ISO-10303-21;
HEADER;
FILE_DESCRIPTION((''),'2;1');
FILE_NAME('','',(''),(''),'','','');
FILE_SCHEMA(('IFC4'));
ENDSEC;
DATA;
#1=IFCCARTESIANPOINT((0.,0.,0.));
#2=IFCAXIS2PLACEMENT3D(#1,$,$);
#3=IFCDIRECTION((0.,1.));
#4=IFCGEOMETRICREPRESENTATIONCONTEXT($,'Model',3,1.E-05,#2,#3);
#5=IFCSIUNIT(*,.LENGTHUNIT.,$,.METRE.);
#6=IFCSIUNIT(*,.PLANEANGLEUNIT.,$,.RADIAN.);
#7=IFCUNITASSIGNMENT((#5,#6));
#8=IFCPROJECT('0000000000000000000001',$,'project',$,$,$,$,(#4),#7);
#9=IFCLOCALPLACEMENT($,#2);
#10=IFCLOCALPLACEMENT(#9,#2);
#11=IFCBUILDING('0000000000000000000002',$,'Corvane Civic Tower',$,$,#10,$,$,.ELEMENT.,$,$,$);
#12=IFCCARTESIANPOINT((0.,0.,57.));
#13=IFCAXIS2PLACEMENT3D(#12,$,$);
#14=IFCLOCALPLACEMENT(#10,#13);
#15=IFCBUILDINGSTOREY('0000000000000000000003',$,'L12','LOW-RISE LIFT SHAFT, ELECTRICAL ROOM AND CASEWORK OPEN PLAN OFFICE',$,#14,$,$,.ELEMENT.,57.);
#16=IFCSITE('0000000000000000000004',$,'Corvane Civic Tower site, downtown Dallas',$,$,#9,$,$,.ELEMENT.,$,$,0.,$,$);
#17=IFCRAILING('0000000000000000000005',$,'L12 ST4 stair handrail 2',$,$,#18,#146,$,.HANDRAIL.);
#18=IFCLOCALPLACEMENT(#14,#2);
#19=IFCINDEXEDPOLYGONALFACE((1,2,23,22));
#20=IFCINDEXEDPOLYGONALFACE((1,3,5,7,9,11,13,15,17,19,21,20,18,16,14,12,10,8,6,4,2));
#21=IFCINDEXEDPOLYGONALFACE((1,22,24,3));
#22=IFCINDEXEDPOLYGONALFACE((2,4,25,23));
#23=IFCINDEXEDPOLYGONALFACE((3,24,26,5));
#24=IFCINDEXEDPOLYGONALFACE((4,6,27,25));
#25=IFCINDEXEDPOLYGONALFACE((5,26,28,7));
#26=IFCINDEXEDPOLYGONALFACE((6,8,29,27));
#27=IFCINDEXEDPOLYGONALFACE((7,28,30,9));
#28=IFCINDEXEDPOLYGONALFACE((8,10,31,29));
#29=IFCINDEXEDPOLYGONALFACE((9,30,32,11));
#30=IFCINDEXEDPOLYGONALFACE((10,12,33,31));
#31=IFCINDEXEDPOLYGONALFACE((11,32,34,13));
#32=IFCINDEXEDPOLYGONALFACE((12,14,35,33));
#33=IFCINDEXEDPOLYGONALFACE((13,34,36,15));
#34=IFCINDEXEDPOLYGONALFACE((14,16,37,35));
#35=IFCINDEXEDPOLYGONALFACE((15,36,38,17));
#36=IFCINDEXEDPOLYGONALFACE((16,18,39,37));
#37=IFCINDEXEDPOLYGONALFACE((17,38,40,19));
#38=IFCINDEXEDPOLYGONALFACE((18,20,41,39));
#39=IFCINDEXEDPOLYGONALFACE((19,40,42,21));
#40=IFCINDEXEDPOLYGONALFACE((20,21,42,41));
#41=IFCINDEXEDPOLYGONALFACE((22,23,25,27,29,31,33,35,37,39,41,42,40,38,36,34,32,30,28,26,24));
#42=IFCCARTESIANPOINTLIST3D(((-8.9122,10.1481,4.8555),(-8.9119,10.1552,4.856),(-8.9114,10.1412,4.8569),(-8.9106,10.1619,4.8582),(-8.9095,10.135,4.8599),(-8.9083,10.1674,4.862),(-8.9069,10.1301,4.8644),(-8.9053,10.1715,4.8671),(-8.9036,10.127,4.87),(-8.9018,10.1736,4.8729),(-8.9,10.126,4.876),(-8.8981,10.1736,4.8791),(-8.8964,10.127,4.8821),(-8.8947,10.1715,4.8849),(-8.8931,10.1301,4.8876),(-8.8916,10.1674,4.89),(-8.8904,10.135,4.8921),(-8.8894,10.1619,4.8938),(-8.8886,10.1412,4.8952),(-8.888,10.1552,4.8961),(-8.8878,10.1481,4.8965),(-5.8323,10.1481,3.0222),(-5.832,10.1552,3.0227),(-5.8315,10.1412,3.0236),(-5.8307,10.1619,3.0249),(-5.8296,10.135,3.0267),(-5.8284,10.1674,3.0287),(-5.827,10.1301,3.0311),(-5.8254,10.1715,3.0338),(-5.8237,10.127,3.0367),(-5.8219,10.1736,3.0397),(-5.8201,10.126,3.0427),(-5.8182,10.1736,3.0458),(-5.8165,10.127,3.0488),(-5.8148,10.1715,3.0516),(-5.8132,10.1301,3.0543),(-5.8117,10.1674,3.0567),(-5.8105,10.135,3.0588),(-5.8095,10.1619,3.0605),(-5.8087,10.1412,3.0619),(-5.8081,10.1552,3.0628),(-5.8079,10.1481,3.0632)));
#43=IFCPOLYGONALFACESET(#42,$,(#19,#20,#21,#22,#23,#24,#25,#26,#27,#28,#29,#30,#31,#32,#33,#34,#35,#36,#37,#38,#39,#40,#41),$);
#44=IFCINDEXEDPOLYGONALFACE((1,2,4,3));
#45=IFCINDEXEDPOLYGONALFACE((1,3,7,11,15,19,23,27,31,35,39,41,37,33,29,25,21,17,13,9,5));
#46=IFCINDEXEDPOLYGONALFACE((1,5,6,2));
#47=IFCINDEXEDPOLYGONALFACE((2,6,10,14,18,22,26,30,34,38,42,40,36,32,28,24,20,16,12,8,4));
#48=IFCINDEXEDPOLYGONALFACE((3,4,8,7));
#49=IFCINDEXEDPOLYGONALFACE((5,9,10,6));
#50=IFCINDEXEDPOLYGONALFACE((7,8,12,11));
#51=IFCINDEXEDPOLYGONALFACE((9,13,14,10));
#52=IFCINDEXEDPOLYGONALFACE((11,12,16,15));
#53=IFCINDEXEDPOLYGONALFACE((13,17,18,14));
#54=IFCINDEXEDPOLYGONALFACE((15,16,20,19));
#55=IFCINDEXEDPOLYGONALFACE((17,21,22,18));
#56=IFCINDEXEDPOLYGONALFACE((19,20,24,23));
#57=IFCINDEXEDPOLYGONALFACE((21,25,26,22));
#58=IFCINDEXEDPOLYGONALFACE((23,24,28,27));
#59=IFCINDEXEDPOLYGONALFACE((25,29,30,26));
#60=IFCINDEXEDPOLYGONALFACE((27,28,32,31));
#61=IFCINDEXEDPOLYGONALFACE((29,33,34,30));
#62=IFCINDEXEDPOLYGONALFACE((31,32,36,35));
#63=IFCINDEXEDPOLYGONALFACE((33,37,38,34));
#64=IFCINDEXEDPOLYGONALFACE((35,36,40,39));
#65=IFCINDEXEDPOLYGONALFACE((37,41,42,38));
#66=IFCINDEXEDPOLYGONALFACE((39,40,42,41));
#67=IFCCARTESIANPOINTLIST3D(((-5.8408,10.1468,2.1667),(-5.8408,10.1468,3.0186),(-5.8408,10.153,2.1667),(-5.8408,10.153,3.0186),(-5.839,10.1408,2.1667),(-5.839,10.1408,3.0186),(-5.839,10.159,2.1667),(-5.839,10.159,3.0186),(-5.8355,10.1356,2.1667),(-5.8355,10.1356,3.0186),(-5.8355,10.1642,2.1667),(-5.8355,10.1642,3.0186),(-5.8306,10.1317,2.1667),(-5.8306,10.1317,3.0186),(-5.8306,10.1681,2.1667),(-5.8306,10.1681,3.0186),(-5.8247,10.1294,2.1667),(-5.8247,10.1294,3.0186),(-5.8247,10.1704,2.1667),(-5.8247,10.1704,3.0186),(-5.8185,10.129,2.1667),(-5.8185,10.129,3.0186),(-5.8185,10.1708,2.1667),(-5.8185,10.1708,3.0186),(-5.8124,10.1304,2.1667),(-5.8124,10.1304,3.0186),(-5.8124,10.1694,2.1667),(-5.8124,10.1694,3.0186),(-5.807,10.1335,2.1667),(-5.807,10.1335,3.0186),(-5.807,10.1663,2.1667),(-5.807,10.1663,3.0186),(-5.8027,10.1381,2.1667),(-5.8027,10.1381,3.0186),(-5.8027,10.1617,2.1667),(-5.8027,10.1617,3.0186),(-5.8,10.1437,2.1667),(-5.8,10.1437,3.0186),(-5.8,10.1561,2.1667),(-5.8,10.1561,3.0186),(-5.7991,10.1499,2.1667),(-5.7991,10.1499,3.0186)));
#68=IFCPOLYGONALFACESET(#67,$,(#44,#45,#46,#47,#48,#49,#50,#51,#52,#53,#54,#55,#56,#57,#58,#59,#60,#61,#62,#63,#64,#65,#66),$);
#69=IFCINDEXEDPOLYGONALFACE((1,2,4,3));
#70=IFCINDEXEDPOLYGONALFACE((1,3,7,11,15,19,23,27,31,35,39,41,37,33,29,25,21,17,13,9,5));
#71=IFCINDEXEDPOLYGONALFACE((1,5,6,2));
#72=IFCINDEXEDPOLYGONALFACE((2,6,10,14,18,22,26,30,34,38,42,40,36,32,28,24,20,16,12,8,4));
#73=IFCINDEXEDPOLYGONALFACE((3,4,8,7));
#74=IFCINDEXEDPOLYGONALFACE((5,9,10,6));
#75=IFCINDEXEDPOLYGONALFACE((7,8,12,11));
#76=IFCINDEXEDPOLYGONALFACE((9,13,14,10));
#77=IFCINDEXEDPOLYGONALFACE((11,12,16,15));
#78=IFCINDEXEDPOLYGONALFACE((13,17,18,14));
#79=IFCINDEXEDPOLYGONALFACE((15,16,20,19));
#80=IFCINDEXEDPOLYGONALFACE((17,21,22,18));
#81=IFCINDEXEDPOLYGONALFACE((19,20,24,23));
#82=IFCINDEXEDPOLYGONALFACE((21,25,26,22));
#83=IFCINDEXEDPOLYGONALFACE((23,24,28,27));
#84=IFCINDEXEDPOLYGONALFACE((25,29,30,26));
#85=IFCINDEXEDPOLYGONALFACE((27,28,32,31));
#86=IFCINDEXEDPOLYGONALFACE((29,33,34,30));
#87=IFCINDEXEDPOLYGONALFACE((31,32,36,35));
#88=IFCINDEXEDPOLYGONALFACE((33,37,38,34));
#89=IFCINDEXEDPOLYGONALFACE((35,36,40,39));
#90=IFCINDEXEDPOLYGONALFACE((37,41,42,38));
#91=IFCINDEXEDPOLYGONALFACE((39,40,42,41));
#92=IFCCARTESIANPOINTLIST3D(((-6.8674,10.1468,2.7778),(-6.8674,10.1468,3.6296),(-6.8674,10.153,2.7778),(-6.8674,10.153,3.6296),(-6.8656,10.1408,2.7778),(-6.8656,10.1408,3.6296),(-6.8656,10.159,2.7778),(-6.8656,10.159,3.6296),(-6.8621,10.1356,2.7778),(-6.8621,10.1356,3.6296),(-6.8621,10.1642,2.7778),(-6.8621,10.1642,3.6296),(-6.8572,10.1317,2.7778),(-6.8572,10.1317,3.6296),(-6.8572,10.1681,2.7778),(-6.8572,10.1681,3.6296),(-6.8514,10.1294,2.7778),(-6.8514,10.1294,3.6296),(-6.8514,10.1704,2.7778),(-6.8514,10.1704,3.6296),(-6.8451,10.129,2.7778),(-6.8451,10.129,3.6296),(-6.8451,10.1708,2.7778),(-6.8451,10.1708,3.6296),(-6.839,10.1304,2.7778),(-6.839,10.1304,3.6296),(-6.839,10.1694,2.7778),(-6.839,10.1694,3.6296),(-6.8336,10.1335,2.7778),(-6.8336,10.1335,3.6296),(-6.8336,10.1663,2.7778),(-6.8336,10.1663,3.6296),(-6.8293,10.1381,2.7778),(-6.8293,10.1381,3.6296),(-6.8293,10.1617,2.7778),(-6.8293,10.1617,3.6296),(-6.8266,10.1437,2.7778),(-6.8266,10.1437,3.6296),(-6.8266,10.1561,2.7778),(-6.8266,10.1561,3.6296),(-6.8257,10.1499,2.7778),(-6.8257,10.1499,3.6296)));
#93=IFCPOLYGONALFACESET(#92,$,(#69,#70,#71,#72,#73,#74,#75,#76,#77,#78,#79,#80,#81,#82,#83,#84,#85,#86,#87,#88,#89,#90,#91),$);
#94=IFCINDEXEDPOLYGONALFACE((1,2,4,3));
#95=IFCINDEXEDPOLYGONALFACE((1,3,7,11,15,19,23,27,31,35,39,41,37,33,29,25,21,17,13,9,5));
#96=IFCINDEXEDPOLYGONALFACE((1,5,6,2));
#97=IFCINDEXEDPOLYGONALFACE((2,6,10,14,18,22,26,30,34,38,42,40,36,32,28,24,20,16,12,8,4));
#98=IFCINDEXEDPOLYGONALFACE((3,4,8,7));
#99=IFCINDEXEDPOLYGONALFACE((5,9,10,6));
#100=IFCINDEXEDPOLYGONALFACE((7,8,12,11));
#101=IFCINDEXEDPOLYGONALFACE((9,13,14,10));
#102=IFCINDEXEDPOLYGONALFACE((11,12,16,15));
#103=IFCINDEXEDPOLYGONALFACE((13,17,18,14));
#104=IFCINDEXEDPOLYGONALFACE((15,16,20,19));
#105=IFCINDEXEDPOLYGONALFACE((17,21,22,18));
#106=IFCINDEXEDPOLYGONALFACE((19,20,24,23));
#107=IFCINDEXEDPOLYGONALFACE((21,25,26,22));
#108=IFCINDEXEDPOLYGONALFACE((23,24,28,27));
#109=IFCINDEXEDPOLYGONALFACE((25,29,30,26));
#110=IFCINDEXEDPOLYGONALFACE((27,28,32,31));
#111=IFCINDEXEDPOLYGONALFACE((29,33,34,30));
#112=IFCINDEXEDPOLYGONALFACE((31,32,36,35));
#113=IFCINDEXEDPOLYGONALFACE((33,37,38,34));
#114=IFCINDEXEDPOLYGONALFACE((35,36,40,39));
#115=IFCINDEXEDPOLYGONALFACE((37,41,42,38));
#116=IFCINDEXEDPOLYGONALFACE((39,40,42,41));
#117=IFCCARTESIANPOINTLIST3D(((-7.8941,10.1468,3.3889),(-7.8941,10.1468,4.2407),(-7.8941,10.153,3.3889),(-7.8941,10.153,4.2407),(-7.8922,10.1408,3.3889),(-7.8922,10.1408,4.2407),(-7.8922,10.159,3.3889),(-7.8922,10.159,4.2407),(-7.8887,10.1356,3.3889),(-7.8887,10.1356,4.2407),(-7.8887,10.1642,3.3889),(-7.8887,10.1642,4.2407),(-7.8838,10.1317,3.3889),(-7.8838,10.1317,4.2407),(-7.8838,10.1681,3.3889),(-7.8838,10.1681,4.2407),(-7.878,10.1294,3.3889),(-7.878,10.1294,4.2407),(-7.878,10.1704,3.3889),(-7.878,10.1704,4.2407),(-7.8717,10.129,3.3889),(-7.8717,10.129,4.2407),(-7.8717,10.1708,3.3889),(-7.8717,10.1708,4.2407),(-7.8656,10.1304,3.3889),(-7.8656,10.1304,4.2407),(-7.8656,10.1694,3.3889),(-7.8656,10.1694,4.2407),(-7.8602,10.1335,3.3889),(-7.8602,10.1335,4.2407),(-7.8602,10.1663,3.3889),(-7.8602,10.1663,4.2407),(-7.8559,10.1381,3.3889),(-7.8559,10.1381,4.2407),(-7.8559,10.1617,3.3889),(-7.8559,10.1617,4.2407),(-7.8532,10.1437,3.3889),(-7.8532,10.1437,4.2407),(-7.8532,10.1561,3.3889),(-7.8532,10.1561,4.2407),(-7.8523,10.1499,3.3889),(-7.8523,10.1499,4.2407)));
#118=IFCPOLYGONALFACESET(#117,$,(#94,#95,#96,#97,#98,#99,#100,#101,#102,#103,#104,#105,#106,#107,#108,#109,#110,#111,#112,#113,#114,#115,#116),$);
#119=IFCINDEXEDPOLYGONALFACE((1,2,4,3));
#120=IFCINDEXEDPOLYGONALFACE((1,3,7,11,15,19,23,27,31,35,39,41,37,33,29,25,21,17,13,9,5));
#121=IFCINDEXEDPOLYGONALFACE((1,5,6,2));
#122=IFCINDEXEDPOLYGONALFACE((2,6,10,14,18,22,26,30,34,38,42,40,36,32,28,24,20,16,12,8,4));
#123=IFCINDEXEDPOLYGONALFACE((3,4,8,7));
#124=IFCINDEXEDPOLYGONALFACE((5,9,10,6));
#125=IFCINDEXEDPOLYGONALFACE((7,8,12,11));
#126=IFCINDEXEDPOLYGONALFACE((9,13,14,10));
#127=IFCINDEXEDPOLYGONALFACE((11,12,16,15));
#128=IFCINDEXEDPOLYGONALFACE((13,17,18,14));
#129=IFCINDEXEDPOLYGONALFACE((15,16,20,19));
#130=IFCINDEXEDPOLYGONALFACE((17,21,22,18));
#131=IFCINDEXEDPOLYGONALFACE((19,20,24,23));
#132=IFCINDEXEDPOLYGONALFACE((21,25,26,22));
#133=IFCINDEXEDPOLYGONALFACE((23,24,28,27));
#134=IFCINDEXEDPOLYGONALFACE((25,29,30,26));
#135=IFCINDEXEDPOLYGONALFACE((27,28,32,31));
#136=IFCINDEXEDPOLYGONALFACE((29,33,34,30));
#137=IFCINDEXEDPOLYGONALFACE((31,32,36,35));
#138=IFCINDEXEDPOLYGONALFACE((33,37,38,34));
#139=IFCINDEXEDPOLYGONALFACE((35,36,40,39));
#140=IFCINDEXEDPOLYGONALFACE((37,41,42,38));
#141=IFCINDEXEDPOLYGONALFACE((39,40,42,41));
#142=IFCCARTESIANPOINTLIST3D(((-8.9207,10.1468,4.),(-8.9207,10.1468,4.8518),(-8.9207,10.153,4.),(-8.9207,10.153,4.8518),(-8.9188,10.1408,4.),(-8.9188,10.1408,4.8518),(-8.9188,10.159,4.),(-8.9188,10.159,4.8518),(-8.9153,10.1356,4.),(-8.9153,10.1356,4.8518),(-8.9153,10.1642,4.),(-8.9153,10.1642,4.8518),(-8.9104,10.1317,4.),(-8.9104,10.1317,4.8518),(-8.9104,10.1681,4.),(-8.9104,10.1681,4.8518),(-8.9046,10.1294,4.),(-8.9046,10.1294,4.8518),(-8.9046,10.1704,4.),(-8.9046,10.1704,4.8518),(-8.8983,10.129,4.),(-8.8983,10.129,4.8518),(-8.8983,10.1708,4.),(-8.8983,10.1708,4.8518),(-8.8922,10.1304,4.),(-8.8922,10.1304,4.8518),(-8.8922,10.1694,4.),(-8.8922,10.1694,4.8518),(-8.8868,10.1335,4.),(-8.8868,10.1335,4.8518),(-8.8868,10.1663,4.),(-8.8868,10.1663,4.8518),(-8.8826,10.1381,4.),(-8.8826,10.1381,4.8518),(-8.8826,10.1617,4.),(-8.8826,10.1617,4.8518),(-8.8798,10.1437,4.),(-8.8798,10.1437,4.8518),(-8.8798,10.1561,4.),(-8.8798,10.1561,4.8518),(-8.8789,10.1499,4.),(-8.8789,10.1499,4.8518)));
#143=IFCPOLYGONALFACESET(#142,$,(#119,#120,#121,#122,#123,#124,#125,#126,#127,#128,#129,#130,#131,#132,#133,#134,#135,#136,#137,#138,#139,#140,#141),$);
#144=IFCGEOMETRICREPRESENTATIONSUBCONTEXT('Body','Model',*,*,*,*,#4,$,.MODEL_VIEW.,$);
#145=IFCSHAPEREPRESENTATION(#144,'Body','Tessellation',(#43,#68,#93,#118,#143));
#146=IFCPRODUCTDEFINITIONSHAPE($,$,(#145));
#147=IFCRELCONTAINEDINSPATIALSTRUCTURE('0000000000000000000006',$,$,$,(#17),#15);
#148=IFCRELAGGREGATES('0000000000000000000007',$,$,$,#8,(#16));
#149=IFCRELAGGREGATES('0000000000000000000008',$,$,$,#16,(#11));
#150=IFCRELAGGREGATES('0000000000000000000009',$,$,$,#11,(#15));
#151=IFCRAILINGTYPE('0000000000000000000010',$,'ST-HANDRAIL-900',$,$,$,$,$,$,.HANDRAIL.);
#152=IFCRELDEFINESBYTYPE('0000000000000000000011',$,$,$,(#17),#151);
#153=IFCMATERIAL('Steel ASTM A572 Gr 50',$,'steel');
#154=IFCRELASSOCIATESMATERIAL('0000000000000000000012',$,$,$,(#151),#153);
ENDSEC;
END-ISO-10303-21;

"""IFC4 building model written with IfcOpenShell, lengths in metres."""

from ifc_helpers import new_model, si_unit, direction, frame, origin, origin_2d, place, context, subcontext, project, spatial, circle, extrude, material, type_object, element, save


model = new_model("IFC4")

# Units and contexts
model_context = context("Model", 3, precision=1e-05, world=origin(), true_north=direction((0.0, 1.0)))
body_context = subcontext(model_context, "Body", "Model", "MODEL_VIEW")
ifc_project = project(units=[si_unit("LENGTHUNIT", "METRE"), si_unit("PLANEANGLEUNIT", "RADIAN")], contexts=[model_context])

# Site, building, storey
site_placement = place(None, origin())
site = spatial("IfcSite", under=ifc_project, at=site_placement, Name="Corvane Civic Tower site, downtown Dallas", CompositionType="ELEMENT", RefElevation=0.0)
building_placement = place(site_placement, origin())
building = spatial("IfcBuilding", under=site, at=building_placement, Name="Corvane Civic Tower", CompositionType="ELEMENT")
storey_placement = place(building_placement, frame((0.0, 0.0, 57.0)))
storey = spatial("IfcBuildingStorey", under=building, at=storey_placement, Name="L12", Description="LOW-RISE LIFT SHAFT, ELECTRICAL ROOM AND CASEWORK OPEN PLAN OFFICE", CompositionType="ELEMENT", Elevation=57.0)

# Railing
ifc_material_1 = material(Name="Steel ASTM A572 Gr 50", Category="steel")
railing_type = type_object("IfcRailingType", Name="ST-HANDRAIL-900", PredefinedType="HANDRAIL", material=ifc_material_1)
railing_1_placement = place(storey_placement, frame((-5.8201, 10.1499, 2.1667)))
element("IfcRailing", 1, at=railing_1_placement, inside=storey, type_object=railing_type, Name="L12 ST4 stair handrail 2", PredefinedType="HANDRAIL", context=body_context, shape_type="SweptSolid", body=[
    extrude(circle(Radius=0.0239, at=origin_2d()), frame((0.0, 0.0, 0.876), z_axis=(-0.859291, 0.0, 0.511487), x_axis=(0.0, -1.0, 0.0)), (0.0, 0.0, 1.0), 3.5842),
    extrude(circle(Radius=0.021, at=origin_2d()), origin(), (0.0, 0.0, 1.0), 0.8518),
    extrude(circle(Radius=0.021, at=origin_2d()), frame((-1.0266, 0.0, 0.6111)), (0.0, 0.0, 1.0), 0.8518),
    extrude(circle(Radius=0.021, at=origin_2d()), frame((-2.0532, 0.0, 1.2222)), (0.0, 0.0, 1.0), 0.8518),
    extrude(circle(Radius=0.021, at=origin_2d()), frame((-3.0798, 0.0, 1.8333)), (0.0, 0.0, 1.0), 0.8518),
])

save(model, "model.ifc")
